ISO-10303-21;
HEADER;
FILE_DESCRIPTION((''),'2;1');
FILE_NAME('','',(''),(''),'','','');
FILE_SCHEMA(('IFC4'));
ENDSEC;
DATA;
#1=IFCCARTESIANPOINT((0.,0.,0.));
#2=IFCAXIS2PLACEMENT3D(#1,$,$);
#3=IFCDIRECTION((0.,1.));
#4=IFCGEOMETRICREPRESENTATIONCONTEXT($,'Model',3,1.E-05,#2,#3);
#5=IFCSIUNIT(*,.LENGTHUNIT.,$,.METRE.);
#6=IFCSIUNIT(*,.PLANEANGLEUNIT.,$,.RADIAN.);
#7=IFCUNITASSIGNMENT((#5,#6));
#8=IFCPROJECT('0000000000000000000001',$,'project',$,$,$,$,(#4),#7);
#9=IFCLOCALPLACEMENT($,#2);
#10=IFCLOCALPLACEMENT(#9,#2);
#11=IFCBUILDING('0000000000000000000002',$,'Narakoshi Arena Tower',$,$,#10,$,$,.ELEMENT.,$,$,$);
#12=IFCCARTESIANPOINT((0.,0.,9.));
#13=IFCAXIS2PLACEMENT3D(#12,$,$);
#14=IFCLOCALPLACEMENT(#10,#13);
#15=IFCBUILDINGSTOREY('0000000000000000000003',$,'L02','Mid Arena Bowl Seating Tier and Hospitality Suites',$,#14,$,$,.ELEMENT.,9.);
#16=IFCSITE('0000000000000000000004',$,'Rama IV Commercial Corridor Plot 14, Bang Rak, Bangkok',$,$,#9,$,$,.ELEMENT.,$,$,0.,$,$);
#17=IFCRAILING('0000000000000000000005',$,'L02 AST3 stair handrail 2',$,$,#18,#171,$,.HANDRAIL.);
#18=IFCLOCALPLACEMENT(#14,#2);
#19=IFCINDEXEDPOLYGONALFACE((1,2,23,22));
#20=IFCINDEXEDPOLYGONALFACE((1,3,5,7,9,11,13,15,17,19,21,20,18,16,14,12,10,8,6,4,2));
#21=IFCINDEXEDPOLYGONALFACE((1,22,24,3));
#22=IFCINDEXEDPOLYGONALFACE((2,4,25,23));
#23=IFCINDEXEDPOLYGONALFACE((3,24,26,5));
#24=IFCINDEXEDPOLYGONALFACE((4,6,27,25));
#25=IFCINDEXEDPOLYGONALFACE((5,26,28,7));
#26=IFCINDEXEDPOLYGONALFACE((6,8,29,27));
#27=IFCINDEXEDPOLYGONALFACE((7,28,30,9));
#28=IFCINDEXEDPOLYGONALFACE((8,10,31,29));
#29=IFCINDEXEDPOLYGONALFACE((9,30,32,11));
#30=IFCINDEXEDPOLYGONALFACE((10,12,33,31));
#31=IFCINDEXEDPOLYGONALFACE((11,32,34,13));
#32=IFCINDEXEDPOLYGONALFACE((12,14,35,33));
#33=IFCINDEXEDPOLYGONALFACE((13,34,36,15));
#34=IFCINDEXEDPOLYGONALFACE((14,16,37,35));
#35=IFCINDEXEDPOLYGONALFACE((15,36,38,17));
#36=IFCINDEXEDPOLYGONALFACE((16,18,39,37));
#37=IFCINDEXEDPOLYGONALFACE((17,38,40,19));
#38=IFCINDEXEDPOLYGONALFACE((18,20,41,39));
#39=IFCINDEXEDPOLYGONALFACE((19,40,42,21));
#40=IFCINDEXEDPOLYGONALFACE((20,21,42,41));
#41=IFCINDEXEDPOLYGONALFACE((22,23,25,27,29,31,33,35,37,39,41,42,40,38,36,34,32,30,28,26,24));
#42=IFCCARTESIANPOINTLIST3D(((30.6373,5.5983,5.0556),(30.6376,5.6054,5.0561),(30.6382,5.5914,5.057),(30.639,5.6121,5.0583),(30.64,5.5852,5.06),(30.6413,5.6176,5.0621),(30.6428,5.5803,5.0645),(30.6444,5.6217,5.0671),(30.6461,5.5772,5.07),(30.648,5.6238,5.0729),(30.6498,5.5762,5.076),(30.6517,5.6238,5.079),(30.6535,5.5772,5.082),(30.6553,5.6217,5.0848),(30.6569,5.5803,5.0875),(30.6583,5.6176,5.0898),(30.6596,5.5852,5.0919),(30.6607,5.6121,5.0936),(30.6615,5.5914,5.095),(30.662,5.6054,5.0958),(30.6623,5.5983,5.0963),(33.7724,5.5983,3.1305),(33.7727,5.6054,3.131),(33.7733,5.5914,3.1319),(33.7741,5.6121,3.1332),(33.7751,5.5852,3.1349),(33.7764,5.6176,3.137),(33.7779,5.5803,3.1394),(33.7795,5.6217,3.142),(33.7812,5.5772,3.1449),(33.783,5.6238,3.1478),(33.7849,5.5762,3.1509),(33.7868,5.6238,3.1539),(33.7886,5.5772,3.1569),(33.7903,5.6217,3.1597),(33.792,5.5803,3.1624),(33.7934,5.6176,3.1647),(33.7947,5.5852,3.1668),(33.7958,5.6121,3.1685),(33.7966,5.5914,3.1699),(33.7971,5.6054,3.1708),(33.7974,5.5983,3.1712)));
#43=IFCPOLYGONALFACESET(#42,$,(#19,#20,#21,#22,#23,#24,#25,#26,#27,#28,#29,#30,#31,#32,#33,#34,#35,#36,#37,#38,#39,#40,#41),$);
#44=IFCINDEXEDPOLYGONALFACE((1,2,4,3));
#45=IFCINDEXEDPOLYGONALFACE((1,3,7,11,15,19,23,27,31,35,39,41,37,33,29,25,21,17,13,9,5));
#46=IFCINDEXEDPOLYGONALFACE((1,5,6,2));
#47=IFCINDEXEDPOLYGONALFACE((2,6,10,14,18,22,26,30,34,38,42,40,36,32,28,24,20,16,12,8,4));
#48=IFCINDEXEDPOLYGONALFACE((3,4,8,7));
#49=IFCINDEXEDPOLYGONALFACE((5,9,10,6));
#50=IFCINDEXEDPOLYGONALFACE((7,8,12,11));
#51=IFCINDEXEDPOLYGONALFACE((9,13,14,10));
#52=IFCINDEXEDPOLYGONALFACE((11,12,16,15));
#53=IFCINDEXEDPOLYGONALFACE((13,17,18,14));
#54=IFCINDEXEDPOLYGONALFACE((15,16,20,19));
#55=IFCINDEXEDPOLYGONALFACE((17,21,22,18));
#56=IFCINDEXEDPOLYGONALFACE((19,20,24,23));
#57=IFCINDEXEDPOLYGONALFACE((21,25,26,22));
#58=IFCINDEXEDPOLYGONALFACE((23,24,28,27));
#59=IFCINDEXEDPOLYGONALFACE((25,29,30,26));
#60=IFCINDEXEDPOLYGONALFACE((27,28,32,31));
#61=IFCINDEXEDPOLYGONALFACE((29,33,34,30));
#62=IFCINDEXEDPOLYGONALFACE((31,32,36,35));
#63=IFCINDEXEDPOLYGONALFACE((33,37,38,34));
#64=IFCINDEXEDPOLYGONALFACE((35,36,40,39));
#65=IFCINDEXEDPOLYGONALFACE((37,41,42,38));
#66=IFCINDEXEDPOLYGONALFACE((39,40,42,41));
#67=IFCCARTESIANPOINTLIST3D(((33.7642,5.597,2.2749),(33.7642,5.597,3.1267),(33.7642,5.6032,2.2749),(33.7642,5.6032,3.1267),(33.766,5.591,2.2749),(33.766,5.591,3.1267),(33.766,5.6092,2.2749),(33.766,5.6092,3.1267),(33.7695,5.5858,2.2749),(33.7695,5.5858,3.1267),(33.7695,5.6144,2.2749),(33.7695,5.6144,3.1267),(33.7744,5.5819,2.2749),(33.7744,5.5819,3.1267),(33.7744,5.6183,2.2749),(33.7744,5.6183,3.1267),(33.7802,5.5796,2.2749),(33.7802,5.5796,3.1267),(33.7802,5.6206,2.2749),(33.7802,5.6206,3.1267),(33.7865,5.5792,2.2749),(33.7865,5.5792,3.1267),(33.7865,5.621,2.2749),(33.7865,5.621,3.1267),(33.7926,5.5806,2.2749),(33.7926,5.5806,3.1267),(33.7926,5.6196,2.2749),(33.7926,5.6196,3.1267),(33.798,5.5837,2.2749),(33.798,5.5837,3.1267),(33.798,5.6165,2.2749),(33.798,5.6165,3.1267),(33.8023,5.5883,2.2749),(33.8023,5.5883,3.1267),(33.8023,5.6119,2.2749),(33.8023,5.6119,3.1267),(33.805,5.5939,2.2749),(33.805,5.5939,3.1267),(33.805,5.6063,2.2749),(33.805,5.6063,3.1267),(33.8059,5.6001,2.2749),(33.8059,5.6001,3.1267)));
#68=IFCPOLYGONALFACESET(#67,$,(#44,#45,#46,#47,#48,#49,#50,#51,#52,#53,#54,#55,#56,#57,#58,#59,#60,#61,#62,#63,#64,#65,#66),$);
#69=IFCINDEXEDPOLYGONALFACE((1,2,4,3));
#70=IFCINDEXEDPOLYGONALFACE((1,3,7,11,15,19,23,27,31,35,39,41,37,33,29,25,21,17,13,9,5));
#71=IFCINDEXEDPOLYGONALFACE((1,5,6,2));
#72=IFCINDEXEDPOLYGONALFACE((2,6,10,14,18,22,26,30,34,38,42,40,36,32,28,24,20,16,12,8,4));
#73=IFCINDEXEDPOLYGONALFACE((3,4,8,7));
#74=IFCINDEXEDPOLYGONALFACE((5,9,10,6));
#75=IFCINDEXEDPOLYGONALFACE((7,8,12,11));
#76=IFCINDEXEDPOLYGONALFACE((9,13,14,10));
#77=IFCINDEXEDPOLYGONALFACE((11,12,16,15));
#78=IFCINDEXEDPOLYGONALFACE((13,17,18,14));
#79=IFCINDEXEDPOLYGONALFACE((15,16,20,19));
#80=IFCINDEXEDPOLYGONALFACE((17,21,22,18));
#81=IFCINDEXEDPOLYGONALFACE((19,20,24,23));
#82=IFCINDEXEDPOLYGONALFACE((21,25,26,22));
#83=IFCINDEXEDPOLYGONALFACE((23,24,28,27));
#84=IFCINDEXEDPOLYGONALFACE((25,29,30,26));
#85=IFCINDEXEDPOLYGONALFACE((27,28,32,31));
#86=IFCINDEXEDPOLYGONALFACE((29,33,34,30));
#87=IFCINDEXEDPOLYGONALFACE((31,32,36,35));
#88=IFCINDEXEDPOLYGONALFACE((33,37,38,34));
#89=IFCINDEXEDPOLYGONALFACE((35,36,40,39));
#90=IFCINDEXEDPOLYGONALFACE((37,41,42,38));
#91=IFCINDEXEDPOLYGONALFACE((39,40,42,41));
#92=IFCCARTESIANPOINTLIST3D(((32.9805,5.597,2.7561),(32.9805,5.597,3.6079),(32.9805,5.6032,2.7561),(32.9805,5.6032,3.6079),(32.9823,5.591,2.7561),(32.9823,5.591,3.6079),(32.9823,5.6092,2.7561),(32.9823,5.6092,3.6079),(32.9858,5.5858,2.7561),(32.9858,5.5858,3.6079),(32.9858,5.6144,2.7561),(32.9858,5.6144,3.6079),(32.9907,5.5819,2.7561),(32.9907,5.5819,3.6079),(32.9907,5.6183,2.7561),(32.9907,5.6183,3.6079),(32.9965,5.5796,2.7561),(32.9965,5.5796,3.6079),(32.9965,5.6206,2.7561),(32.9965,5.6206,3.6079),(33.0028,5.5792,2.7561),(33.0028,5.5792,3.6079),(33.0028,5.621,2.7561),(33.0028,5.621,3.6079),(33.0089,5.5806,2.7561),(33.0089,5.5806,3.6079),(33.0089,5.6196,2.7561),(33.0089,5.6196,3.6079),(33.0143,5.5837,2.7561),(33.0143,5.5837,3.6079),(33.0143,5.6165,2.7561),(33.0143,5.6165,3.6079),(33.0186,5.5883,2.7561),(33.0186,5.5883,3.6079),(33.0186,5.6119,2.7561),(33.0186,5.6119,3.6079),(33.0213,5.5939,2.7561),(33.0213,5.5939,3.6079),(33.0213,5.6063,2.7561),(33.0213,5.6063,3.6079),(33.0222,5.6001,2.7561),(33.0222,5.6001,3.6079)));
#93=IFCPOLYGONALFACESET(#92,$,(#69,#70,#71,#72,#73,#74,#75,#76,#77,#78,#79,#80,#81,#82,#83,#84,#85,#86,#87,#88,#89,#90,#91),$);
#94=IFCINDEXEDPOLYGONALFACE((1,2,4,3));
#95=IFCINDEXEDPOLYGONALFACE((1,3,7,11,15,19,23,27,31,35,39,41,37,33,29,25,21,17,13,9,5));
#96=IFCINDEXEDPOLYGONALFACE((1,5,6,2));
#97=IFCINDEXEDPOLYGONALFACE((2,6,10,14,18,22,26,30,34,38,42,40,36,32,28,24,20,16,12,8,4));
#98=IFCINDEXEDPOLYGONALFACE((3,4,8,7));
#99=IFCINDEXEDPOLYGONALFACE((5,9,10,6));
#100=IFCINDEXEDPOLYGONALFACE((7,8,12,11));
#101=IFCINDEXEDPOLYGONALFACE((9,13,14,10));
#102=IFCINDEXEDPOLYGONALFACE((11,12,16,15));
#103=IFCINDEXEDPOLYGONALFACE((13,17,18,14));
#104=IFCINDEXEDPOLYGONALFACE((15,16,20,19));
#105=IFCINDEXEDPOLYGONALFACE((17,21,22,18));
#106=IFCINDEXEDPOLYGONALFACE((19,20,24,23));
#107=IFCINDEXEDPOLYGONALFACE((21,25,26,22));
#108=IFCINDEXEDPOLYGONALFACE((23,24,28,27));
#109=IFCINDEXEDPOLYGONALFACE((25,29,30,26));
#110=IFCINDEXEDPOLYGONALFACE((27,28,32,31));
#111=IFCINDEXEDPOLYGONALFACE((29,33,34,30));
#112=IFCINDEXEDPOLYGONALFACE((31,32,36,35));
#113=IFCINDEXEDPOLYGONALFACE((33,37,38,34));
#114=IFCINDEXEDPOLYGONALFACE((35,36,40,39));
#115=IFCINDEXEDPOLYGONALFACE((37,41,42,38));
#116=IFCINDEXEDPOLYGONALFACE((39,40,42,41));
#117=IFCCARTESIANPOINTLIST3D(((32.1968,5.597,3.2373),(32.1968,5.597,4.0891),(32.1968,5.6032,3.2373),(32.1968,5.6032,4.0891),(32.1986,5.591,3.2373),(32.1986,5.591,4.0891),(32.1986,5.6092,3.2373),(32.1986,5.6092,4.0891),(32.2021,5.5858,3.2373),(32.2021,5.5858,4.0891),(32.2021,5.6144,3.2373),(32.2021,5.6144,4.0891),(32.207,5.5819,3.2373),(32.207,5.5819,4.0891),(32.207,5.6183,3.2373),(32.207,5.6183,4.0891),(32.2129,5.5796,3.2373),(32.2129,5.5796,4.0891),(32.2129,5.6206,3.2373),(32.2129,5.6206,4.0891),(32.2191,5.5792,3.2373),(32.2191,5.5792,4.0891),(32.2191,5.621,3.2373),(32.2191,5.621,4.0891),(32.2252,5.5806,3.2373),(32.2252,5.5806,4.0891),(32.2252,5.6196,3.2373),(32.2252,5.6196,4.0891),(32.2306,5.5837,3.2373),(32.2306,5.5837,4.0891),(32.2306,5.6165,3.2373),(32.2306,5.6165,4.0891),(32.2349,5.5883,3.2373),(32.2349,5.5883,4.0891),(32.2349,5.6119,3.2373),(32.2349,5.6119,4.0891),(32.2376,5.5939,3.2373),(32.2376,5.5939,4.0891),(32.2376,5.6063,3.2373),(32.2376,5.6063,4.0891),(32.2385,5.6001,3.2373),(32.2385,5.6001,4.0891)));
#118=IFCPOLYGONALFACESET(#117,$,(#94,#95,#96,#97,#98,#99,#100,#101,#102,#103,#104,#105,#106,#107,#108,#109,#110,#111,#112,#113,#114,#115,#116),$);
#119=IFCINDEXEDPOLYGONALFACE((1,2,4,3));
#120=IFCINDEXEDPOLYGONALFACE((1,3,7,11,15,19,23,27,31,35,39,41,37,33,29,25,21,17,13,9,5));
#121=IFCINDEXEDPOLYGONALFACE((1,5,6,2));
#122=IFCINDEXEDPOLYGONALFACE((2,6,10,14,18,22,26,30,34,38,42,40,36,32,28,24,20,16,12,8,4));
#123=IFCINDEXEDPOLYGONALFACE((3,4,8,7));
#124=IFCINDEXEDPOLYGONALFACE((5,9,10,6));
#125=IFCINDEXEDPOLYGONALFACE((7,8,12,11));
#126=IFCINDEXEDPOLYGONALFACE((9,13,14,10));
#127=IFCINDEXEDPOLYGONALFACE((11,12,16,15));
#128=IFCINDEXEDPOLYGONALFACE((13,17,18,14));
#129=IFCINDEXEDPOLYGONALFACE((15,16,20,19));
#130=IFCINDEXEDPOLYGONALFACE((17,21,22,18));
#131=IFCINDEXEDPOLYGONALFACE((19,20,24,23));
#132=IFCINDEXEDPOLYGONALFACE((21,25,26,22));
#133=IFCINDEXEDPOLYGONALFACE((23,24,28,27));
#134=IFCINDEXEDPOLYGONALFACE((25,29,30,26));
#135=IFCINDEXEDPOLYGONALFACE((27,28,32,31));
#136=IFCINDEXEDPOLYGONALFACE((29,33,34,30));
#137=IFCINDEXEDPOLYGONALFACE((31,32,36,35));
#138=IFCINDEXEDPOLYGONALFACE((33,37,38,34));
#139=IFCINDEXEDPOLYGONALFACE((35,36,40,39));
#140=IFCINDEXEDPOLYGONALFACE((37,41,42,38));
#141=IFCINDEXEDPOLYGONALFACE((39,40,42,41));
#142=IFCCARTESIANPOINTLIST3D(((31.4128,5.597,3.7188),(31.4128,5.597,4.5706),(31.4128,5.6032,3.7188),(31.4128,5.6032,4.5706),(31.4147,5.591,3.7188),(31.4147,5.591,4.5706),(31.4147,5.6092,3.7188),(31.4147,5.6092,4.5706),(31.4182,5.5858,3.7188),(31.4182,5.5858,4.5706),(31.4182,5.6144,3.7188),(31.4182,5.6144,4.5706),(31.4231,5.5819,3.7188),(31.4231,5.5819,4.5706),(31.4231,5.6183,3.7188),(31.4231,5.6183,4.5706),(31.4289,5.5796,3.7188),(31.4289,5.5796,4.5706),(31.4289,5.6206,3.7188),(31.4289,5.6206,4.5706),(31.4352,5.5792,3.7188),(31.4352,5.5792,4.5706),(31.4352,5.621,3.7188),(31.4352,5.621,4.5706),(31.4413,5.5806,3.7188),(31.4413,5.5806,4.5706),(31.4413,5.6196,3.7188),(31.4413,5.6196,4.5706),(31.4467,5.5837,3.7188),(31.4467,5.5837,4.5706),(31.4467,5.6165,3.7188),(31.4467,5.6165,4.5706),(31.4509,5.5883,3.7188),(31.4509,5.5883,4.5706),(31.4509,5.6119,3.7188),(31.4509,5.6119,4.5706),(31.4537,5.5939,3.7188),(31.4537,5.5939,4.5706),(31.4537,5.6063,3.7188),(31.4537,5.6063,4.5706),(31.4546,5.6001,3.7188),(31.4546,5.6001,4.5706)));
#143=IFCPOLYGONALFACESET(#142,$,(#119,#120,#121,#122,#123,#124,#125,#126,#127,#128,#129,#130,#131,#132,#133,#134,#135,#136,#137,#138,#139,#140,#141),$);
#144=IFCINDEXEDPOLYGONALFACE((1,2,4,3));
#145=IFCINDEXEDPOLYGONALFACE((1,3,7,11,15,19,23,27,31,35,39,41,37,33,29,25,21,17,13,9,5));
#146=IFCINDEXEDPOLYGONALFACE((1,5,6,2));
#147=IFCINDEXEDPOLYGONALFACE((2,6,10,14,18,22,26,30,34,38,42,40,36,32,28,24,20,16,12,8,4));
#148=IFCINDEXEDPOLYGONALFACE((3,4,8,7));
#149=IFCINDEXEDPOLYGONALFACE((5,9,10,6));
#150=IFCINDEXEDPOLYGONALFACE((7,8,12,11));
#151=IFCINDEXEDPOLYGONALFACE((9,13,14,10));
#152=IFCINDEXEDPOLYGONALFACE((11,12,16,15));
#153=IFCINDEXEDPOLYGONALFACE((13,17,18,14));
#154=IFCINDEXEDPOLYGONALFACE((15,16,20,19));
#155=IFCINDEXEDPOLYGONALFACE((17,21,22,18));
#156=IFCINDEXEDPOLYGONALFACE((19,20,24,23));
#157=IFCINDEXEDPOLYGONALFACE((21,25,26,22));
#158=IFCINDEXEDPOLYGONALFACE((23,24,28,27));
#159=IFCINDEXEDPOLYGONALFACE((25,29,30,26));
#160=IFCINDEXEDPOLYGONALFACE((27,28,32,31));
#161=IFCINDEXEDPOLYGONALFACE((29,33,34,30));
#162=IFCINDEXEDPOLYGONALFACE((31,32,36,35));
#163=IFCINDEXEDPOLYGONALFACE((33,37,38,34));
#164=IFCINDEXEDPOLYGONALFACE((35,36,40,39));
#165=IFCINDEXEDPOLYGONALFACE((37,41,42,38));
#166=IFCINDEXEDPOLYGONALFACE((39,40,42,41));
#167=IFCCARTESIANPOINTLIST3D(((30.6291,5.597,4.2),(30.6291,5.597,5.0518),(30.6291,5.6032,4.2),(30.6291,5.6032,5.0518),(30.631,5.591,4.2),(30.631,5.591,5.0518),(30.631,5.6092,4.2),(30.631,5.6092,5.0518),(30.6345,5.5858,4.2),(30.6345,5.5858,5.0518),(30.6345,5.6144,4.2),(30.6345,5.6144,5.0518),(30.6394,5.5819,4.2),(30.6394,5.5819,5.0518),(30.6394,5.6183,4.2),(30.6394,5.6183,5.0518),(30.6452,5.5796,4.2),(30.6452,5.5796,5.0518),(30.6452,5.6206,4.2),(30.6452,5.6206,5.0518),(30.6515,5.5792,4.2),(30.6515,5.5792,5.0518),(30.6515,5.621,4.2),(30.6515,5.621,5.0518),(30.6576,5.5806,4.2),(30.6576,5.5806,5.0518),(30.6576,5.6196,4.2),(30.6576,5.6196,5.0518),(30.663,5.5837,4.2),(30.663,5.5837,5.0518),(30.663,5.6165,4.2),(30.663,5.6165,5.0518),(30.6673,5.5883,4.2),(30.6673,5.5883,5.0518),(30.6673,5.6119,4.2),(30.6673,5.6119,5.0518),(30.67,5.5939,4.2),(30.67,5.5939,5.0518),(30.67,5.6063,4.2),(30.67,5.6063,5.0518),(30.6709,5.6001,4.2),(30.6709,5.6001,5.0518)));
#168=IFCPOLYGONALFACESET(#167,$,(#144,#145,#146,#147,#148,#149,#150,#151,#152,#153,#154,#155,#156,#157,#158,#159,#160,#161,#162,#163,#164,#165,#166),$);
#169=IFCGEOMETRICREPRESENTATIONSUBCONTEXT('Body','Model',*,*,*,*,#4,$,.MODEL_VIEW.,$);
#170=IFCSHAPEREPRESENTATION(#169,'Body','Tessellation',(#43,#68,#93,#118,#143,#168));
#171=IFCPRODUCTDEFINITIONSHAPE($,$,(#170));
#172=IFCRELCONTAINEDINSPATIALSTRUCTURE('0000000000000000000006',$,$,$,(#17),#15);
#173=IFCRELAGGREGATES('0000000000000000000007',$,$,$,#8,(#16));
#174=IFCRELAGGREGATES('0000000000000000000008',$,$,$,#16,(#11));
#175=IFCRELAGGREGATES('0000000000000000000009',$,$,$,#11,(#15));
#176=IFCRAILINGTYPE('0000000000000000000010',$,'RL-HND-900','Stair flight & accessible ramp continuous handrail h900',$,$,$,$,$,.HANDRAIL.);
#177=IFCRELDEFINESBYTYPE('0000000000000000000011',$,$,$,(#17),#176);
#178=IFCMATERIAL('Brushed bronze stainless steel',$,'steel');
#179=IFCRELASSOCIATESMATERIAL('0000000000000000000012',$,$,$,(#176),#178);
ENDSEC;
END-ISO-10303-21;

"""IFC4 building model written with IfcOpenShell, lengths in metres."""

from ifc_helpers import new_model, si_unit, direction, frame, origin, origin_2d, place, context, subcontext, project, spatial, circle, extrude, material, type_object, element, save


model = new_model("IFC4")

# Units and contexts
model_context = context("Model", 3, precision=1e-05, world=origin(), true_north=direction((0.0, 1.0)))
body_context = subcontext(model_context, "Body", "Model", "MODEL_VIEW")
ifc_project = project(units=[si_unit("LENGTHUNIT", "METRE"), si_unit("PLANEANGLEUNIT", "RADIAN")], contexts=[model_context])

# Site, building, storey
site_placement = place(None, origin())
site = spatial("IfcSite", under=ifc_project, at=site_placement, Name="Rama IV Commercial Corridor Plot 14, Bang Rak, Bangkok", CompositionType="ELEMENT", RefElevation=0.0)
building_placement = place(site_placement, origin())
building = spatial("IfcBuilding", under=site, at=building_placement, Name="Narakoshi Arena Tower", CompositionType="ELEMENT")
storey_placement = place(building_placement, frame((0.0, 0.0, 9.0)))
storey = spatial("IfcBuildingStorey", under=building, at=storey_placement, Name="L02", Description="Mid Arena Bowl Seating Tier and Hospitality Suites", CompositionType="ELEMENT", Elevation=9.0)

# Railing
ifc_material_1 = material(Name="Brushed bronze stainless steel", Category="steel")
railing_type_1 = type_object("IfcRailingType", Name="RL-HND-900", Description="Stair flight & accessible ramp continuous handrail h900", PredefinedType="HANDRAIL", material=ifc_material_1)
railing_1_placement = place(storey_placement, frame((33.7849, 5.6001, 2.2749)))
element("IfcRailing", 1, at=railing_1_placement, inside=storey, type_object=railing_type_1, Name="L02 AST3 stair handrail 2", PredefinedType="HANDRAIL", context=body_context, shape_type="SweptSolid", body=[
    extrude(circle(Radius=0.0239, at=origin_2d()), frame((0.0, 0.0, 0.876), z_axis=(-0.852166, 0.0, 0.523271), x_axis=(0.0, -1.0, 0.0)), (0.0, 0.0, 1.0), 3.679),
    extrude(circle(Radius=0.021, at=origin_2d()), origin(), (0.0, 0.0, 1.0), 0.8518),
    extrude(circle(Radius=0.021, at=origin_2d()), frame((-0.7837, 0.0, 0.4812)), (0.0, 0.0, 1.0), 0.8518),
    extrude(circle(Radius=0.021, at=origin_2d()), frame((-1.5674, 0.0, 0.9624)), (0.0, 0.0, 1.0), 0.8518),
    extrude(circle(Radius=0.021, at=origin_2d()), frame((-2.3513, 0.0, 1.4438)), (0.0, 0.0, 1.0), 0.8518),
    extrude(circle(Radius=0.021, at=origin_2d()), frame((-3.135, 0.0, 1.925)), (0.0, 0.0, 1.0), 0.8518),
])

save(model, "model.ifc")
